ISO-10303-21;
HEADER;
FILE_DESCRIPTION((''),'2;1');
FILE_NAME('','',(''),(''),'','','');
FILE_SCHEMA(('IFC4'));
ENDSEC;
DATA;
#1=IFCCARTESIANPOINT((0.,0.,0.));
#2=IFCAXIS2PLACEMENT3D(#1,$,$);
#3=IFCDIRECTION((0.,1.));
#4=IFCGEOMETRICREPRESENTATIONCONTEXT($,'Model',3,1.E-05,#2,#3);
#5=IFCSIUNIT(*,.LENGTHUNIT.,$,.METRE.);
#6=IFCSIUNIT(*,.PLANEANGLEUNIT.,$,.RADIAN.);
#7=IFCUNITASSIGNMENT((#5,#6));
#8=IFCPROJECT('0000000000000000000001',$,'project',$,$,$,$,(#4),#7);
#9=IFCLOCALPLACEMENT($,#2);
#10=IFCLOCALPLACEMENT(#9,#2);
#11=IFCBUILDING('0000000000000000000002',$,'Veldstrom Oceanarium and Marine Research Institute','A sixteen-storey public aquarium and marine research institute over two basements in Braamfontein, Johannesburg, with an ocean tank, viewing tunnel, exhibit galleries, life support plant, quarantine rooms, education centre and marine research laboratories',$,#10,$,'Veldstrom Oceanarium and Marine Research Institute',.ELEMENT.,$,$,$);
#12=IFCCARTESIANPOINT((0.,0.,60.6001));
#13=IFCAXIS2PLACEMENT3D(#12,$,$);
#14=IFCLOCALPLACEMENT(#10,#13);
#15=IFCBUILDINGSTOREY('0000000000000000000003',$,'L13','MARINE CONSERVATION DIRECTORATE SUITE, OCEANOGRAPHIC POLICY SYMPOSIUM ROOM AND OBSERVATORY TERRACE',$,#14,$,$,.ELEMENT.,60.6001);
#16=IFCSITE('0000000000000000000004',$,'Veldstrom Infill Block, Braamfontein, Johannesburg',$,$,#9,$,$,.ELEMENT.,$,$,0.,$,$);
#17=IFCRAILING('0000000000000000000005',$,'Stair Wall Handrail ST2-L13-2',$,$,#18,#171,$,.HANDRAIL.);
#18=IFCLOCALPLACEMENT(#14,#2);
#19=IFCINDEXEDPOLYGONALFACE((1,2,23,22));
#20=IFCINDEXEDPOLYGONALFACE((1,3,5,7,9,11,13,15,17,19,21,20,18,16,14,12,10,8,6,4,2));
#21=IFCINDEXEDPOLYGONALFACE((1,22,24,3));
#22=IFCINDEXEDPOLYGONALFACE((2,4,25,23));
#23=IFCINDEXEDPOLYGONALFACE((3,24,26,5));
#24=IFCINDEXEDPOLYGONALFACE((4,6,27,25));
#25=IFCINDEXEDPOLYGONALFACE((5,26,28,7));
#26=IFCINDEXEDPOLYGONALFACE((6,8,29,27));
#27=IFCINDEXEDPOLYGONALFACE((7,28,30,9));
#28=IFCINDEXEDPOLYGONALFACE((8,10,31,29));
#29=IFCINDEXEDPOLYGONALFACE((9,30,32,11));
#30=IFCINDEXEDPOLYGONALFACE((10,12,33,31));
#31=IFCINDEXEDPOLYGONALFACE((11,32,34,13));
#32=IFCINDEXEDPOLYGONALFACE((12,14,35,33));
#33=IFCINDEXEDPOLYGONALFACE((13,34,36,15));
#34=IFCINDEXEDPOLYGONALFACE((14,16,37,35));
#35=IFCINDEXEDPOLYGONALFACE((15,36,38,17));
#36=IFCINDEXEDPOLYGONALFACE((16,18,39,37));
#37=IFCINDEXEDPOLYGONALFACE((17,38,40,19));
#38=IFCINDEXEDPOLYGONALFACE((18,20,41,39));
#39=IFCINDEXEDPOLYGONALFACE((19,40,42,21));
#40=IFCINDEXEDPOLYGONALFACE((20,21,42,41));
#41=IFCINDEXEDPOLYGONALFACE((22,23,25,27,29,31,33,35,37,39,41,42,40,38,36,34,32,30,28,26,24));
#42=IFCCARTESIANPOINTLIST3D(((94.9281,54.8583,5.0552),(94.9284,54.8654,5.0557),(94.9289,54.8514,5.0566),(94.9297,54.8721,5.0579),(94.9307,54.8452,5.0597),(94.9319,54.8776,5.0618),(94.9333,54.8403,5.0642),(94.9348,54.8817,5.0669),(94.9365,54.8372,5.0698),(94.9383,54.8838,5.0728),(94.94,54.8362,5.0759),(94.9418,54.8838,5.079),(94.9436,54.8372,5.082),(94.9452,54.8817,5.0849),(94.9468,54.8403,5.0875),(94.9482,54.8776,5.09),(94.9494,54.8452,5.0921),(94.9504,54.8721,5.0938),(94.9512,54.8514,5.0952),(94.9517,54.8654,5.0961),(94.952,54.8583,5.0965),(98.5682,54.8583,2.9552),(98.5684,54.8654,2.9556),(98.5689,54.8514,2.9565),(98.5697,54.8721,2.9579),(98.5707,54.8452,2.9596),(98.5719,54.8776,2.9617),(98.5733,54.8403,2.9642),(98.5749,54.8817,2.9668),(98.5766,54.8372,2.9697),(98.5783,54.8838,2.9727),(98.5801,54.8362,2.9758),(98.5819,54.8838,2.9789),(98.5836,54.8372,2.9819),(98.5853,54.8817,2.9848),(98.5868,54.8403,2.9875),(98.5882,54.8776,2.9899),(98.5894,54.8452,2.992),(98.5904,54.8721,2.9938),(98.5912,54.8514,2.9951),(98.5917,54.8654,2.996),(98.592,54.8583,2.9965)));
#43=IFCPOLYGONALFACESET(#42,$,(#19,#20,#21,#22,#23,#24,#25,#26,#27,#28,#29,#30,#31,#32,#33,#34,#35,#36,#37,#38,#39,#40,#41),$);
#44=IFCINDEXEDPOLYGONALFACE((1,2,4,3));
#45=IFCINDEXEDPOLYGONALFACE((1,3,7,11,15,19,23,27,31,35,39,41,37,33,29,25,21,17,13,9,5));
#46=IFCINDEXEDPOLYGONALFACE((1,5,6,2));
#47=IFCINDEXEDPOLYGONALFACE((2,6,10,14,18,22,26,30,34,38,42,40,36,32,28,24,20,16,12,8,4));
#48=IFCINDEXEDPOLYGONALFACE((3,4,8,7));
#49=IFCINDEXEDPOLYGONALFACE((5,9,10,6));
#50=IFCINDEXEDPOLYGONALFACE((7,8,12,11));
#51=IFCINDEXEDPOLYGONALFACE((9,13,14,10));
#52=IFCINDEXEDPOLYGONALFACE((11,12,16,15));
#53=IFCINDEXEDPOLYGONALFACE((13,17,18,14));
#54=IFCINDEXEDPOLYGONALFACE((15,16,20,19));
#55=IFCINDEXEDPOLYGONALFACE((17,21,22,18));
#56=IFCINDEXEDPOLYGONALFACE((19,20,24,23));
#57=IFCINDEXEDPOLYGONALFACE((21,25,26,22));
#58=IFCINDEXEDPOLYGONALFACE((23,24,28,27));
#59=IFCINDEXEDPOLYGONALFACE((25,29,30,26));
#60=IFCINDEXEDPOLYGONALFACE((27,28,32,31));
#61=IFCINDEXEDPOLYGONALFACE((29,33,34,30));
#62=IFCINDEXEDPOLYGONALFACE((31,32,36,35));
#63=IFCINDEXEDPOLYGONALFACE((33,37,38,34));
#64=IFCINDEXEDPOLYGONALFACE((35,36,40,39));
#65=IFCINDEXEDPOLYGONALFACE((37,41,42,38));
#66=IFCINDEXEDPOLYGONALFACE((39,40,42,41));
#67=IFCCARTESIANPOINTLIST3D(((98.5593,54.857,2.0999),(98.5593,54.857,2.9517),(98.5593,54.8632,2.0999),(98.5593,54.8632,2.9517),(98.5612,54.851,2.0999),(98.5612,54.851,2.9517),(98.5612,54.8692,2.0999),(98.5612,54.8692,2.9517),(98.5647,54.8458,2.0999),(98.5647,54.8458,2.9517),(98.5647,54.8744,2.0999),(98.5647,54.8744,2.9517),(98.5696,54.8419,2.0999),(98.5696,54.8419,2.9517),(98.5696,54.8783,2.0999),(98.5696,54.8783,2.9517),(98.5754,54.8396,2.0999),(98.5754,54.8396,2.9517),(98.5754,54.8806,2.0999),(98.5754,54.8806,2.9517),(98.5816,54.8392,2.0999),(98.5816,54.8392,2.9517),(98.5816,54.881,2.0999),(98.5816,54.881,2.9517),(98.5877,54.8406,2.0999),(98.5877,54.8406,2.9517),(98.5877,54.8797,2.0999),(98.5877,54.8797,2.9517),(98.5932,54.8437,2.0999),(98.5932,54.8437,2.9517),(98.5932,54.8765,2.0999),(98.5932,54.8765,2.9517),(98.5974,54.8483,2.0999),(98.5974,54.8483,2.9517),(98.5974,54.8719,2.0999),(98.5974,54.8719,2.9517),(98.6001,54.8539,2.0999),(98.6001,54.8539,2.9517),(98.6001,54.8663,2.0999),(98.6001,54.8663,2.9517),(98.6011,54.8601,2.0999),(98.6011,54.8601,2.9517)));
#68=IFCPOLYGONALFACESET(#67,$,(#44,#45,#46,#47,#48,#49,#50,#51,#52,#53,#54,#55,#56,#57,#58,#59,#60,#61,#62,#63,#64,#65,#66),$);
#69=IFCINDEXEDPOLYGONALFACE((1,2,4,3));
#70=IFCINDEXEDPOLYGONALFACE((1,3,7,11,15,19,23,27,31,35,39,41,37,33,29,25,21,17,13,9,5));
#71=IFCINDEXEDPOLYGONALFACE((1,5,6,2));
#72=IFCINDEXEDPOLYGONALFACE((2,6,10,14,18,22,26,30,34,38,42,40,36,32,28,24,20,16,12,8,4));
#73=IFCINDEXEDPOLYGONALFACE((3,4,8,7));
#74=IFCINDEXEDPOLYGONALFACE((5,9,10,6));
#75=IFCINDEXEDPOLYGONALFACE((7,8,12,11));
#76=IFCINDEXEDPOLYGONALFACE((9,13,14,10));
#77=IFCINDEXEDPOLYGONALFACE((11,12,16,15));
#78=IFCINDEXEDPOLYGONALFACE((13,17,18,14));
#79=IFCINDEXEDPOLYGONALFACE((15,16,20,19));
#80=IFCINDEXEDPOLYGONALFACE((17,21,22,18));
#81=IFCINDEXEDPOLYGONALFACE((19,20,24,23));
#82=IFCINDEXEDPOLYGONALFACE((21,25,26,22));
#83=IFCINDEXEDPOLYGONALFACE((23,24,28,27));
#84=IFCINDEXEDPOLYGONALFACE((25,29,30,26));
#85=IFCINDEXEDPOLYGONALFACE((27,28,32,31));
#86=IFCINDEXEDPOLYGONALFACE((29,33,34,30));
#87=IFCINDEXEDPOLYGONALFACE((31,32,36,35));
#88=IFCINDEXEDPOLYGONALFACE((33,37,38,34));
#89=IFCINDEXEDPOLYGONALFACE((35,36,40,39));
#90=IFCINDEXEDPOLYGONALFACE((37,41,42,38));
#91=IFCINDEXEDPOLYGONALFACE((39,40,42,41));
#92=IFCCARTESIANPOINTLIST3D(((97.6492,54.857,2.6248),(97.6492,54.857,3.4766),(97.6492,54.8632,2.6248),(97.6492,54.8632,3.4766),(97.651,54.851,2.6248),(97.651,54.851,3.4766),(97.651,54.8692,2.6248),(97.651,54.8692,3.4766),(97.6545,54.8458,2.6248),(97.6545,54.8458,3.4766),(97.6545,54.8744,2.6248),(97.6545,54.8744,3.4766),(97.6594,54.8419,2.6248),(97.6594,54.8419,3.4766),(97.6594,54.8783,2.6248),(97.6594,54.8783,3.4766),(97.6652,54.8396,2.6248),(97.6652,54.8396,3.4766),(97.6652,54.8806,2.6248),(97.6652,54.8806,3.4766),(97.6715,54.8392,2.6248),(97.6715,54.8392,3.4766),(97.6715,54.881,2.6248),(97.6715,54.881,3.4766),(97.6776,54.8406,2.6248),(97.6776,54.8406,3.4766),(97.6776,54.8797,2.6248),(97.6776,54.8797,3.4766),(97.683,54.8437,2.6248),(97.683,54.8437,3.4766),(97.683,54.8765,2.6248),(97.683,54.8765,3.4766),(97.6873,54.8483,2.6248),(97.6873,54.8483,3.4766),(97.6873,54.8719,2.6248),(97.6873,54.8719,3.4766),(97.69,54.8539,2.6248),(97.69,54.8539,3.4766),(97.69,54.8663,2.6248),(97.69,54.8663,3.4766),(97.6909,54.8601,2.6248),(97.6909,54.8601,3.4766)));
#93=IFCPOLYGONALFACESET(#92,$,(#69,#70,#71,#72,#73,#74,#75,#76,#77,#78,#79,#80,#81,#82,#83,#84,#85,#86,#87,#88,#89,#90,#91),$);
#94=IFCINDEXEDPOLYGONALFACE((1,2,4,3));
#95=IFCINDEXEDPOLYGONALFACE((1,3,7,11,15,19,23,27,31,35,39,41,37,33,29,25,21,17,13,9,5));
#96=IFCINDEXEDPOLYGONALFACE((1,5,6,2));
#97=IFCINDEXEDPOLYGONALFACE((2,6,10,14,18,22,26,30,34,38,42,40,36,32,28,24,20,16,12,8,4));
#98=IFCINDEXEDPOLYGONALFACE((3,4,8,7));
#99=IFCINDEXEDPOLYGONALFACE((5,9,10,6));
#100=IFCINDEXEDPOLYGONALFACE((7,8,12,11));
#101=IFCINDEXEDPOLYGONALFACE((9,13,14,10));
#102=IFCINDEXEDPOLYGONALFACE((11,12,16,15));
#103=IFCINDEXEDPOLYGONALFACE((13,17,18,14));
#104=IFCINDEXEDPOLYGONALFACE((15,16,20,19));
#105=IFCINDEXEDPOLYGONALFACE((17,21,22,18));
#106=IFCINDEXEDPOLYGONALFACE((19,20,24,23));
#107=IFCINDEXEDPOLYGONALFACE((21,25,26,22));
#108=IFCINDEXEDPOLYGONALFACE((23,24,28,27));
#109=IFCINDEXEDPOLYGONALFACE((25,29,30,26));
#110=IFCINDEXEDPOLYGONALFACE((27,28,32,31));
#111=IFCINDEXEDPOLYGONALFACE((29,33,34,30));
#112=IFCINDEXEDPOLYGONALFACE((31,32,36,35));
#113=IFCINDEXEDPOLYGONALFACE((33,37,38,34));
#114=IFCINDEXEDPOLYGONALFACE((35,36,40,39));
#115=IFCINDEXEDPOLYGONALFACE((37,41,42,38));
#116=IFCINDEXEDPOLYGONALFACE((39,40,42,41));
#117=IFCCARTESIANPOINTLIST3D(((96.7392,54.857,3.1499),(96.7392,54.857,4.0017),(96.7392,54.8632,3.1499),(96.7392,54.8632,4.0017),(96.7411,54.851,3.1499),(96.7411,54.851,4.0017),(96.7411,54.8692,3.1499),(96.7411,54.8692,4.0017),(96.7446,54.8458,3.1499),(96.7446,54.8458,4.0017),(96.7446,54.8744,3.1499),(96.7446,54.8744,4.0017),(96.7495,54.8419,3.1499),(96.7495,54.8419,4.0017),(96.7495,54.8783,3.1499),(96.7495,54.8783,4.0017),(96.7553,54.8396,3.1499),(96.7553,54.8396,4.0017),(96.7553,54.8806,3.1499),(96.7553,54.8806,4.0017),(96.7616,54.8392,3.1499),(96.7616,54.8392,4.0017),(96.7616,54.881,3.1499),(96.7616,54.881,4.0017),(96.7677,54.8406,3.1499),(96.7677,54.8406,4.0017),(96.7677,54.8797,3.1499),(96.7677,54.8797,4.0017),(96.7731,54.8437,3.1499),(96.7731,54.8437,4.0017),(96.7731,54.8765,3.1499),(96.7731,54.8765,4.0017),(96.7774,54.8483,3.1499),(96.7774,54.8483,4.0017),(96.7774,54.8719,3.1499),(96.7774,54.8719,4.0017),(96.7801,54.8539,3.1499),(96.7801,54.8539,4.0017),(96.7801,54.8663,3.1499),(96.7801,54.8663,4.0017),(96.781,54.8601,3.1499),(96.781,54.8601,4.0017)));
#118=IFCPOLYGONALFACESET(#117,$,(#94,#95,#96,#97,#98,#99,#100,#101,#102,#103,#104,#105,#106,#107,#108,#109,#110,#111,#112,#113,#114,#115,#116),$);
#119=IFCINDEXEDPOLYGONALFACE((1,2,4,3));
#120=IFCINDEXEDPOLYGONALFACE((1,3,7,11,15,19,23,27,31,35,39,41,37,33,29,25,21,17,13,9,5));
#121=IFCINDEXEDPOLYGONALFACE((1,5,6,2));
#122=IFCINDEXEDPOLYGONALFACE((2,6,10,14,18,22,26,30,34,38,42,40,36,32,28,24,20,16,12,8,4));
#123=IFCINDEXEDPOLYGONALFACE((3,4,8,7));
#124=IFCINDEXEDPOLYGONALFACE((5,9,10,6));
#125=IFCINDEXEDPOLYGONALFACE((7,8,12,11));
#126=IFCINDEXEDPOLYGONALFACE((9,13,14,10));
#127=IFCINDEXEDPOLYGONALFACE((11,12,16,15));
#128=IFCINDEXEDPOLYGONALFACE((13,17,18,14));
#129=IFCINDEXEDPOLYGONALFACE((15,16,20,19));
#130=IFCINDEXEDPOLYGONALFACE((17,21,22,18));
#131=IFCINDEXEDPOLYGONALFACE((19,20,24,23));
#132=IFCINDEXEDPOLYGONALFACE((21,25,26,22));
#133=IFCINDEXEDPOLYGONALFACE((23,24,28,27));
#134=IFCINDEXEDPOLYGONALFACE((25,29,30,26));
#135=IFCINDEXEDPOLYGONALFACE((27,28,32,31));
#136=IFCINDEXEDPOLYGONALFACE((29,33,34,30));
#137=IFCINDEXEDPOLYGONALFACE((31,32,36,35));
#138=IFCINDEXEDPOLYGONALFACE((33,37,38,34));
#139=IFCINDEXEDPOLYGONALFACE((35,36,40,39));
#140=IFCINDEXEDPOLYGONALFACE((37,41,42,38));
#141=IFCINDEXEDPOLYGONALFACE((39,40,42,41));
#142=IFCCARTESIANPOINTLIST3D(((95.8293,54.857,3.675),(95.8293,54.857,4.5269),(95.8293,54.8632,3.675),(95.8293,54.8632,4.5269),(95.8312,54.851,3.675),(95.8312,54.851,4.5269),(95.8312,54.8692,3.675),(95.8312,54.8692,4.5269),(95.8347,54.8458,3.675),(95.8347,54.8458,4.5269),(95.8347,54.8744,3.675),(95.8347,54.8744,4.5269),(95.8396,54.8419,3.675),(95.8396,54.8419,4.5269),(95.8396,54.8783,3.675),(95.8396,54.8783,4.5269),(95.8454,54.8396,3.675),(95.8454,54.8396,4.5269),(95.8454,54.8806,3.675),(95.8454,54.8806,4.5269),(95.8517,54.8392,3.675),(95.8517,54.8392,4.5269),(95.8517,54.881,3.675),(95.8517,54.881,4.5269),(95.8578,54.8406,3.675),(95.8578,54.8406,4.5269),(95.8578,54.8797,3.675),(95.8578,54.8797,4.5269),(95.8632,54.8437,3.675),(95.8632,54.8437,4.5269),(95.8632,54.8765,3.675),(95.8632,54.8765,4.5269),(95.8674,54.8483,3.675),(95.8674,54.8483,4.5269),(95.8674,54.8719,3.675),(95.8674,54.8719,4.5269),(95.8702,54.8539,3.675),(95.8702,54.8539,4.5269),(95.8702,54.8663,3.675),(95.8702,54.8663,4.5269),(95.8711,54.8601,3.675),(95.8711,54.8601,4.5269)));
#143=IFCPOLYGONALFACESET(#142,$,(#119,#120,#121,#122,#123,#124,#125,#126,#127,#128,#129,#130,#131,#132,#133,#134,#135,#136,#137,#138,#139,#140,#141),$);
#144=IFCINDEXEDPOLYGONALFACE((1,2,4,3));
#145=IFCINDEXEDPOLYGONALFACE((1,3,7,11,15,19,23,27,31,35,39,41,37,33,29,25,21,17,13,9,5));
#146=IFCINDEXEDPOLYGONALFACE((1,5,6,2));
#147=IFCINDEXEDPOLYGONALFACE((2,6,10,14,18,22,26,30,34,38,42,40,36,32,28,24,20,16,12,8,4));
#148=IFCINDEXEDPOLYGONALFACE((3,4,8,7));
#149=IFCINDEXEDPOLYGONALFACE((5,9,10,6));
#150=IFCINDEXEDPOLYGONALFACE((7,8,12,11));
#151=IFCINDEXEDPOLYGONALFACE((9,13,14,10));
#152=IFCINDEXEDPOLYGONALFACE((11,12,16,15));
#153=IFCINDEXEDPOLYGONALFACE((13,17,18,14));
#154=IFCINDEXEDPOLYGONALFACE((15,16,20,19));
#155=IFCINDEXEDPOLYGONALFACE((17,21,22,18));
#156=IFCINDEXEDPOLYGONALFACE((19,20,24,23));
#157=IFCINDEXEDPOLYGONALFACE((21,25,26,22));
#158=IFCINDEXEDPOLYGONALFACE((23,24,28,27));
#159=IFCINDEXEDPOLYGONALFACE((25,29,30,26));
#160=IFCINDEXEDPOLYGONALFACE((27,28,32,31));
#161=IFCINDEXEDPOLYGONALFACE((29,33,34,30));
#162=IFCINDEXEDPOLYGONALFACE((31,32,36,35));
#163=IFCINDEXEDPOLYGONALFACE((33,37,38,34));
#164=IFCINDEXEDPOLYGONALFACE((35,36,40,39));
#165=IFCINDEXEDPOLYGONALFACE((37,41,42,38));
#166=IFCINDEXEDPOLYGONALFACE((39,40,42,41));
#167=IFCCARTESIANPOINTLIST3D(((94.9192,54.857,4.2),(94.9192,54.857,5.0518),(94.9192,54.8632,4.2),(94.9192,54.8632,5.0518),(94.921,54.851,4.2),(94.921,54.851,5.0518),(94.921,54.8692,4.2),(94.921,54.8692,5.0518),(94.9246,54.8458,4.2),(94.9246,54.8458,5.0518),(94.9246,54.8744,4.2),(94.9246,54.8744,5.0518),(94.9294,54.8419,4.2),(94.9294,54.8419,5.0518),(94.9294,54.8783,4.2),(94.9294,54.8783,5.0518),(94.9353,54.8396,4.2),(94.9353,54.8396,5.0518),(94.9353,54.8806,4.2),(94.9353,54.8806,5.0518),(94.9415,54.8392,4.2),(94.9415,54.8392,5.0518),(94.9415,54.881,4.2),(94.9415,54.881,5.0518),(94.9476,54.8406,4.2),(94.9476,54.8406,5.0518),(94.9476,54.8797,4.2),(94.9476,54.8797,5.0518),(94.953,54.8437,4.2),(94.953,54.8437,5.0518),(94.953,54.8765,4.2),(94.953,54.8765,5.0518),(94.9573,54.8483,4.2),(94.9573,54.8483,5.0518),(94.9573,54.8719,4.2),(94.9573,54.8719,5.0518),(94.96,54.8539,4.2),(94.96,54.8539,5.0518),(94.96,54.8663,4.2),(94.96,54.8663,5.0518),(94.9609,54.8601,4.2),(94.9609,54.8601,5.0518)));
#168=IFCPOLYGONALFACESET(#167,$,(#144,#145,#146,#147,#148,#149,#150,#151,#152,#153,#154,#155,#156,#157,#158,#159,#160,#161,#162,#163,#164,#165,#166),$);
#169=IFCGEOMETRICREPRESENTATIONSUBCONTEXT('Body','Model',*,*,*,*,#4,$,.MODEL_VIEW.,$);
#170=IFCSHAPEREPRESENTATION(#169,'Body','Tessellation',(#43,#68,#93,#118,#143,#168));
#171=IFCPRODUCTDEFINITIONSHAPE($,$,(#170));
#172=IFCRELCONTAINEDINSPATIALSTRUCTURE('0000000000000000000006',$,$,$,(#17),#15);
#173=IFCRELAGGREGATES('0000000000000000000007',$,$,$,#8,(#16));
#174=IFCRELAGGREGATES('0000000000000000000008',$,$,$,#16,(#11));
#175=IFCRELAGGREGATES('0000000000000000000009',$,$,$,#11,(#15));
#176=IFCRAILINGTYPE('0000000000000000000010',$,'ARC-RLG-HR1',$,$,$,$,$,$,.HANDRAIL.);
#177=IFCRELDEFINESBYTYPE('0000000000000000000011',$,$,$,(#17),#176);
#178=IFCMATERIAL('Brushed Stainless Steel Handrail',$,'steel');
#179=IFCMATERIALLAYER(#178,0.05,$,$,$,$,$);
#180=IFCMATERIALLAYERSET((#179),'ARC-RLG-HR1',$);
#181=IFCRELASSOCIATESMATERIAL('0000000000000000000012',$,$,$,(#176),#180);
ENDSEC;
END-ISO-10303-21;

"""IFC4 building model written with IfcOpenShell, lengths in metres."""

from ifc_helpers import new_model, si_unit, direction, frame, origin, origin_2d, place, context, subcontext, project, spatial, circle, extrude, material, layer, layer_set, type_object, element, save


model = new_model("IFC4")

# Units and contexts
model_context = context("Model", 3, precision=1e-05, world=origin(), true_north=direction((0.0, 1.0)))
body_context = subcontext(model_context, "Body", "Model", "MODEL_VIEW")
ifc_project = project(units=[si_unit("LENGTHUNIT", "METRE"), si_unit("PLANEANGLEUNIT", "RADIAN")], contexts=[model_context])

# Site, building, storey
site_placement = place(None, origin())
site = spatial("IfcSite", under=ifc_project, at=site_placement, Name="Veldstrom Infill Block, Braamfontein, Johannesburg", CompositionType="ELEMENT", RefElevation=0.0)
building_placement = place(site_placement, origin())
building = spatial("IfcBuilding", under=site, at=building_placement, Name="Veldstrom Oceanarium and Marine Research Institute", Description="A sixteen-storey public aquarium and marine research institute over two basements in Braamfontein, Johannesburg, with an ocean tank, viewing tunnel, exhibit galleries, life support plant, quarantine rooms, education centre and marine research laboratories", LongName="Veldstrom Oceanarium and Marine Research Institute", CompositionType="ELEMENT")
storey_placement = place(building_placement, frame((0.0, 0.0, 60.6001)))
storey = spatial("IfcBuildingStorey", under=building, at=storey_placement, Name="L13", Description="MARINE CONSERVATION DIRECTORATE SUITE, OCEANOGRAPHIC POLICY SYMPOSIUM ROOM AND OBSERVATORY TERRACE", CompositionType="ELEMENT", Elevation=60.6001)

# Railing
ifc_material_1 = material(Name="Brushed Stainless Steel Handrail", Category="steel")
ifc_layer_1 = layer(ifc_material_1, 0.05)
ifc_layer_set_1 = layer_set([ifc_layer_1], Name="ARC-RLG-HR1")
railing_type_1 = type_object("IfcRailingType", Name="ARC-RLG-HR1", PredefinedType="HANDRAIL", material=ifc_layer_set_1)
railing_1_placement = place(storey_placement, frame((98.5801, 54.8601, 2.0999)))
element("IfcRailing", 1, at=railing_1_placement, inside=storey, type_object=railing_type_1, Name="Stair Wall Handrail ST2-L13-2", PredefinedType="HANDRAIL", context=body_context, shape_type="SweptSolid", body=[
    extrude(circle(Radius=0.0239, at=origin_2d()), frame((0.0, 0.0, 0.876), z_axis=(-0.866184, 0.0, 0.499726), x_axis=(0.0, -1.0, 0.0)), (0.0, 0.0, 1.0), 4.2024),
    extrude(circle(Radius=0.021, at=origin_2d()), origin(), (0.0, 0.0, 1.0), 0.8518),
    extrude(circle(Radius=0.021, at=origin_2d()), frame((-0.9102, 0.0, 0.5249)), (0.0, 0.0, 1.0), 0.8518),
    extrude(circle(Radius=0.021, at=origin_2d()), frame((-1.8201, 0.0, 1.05)), (0.0, 0.0, 1.0), 0.8518),
    extrude(circle(Radius=0.021, at=origin_2d()), frame((-2.73, 0.0, 1.5752)), (0.0, 0.0, 1.0), 0.8518),
    extrude(circle(Radius=0.021, at=origin_2d()), frame((-3.6401, 0.0, 2.1001)), (0.0, 0.0, 1.0), 0.8518),
])

save(model, "model.ifc")
